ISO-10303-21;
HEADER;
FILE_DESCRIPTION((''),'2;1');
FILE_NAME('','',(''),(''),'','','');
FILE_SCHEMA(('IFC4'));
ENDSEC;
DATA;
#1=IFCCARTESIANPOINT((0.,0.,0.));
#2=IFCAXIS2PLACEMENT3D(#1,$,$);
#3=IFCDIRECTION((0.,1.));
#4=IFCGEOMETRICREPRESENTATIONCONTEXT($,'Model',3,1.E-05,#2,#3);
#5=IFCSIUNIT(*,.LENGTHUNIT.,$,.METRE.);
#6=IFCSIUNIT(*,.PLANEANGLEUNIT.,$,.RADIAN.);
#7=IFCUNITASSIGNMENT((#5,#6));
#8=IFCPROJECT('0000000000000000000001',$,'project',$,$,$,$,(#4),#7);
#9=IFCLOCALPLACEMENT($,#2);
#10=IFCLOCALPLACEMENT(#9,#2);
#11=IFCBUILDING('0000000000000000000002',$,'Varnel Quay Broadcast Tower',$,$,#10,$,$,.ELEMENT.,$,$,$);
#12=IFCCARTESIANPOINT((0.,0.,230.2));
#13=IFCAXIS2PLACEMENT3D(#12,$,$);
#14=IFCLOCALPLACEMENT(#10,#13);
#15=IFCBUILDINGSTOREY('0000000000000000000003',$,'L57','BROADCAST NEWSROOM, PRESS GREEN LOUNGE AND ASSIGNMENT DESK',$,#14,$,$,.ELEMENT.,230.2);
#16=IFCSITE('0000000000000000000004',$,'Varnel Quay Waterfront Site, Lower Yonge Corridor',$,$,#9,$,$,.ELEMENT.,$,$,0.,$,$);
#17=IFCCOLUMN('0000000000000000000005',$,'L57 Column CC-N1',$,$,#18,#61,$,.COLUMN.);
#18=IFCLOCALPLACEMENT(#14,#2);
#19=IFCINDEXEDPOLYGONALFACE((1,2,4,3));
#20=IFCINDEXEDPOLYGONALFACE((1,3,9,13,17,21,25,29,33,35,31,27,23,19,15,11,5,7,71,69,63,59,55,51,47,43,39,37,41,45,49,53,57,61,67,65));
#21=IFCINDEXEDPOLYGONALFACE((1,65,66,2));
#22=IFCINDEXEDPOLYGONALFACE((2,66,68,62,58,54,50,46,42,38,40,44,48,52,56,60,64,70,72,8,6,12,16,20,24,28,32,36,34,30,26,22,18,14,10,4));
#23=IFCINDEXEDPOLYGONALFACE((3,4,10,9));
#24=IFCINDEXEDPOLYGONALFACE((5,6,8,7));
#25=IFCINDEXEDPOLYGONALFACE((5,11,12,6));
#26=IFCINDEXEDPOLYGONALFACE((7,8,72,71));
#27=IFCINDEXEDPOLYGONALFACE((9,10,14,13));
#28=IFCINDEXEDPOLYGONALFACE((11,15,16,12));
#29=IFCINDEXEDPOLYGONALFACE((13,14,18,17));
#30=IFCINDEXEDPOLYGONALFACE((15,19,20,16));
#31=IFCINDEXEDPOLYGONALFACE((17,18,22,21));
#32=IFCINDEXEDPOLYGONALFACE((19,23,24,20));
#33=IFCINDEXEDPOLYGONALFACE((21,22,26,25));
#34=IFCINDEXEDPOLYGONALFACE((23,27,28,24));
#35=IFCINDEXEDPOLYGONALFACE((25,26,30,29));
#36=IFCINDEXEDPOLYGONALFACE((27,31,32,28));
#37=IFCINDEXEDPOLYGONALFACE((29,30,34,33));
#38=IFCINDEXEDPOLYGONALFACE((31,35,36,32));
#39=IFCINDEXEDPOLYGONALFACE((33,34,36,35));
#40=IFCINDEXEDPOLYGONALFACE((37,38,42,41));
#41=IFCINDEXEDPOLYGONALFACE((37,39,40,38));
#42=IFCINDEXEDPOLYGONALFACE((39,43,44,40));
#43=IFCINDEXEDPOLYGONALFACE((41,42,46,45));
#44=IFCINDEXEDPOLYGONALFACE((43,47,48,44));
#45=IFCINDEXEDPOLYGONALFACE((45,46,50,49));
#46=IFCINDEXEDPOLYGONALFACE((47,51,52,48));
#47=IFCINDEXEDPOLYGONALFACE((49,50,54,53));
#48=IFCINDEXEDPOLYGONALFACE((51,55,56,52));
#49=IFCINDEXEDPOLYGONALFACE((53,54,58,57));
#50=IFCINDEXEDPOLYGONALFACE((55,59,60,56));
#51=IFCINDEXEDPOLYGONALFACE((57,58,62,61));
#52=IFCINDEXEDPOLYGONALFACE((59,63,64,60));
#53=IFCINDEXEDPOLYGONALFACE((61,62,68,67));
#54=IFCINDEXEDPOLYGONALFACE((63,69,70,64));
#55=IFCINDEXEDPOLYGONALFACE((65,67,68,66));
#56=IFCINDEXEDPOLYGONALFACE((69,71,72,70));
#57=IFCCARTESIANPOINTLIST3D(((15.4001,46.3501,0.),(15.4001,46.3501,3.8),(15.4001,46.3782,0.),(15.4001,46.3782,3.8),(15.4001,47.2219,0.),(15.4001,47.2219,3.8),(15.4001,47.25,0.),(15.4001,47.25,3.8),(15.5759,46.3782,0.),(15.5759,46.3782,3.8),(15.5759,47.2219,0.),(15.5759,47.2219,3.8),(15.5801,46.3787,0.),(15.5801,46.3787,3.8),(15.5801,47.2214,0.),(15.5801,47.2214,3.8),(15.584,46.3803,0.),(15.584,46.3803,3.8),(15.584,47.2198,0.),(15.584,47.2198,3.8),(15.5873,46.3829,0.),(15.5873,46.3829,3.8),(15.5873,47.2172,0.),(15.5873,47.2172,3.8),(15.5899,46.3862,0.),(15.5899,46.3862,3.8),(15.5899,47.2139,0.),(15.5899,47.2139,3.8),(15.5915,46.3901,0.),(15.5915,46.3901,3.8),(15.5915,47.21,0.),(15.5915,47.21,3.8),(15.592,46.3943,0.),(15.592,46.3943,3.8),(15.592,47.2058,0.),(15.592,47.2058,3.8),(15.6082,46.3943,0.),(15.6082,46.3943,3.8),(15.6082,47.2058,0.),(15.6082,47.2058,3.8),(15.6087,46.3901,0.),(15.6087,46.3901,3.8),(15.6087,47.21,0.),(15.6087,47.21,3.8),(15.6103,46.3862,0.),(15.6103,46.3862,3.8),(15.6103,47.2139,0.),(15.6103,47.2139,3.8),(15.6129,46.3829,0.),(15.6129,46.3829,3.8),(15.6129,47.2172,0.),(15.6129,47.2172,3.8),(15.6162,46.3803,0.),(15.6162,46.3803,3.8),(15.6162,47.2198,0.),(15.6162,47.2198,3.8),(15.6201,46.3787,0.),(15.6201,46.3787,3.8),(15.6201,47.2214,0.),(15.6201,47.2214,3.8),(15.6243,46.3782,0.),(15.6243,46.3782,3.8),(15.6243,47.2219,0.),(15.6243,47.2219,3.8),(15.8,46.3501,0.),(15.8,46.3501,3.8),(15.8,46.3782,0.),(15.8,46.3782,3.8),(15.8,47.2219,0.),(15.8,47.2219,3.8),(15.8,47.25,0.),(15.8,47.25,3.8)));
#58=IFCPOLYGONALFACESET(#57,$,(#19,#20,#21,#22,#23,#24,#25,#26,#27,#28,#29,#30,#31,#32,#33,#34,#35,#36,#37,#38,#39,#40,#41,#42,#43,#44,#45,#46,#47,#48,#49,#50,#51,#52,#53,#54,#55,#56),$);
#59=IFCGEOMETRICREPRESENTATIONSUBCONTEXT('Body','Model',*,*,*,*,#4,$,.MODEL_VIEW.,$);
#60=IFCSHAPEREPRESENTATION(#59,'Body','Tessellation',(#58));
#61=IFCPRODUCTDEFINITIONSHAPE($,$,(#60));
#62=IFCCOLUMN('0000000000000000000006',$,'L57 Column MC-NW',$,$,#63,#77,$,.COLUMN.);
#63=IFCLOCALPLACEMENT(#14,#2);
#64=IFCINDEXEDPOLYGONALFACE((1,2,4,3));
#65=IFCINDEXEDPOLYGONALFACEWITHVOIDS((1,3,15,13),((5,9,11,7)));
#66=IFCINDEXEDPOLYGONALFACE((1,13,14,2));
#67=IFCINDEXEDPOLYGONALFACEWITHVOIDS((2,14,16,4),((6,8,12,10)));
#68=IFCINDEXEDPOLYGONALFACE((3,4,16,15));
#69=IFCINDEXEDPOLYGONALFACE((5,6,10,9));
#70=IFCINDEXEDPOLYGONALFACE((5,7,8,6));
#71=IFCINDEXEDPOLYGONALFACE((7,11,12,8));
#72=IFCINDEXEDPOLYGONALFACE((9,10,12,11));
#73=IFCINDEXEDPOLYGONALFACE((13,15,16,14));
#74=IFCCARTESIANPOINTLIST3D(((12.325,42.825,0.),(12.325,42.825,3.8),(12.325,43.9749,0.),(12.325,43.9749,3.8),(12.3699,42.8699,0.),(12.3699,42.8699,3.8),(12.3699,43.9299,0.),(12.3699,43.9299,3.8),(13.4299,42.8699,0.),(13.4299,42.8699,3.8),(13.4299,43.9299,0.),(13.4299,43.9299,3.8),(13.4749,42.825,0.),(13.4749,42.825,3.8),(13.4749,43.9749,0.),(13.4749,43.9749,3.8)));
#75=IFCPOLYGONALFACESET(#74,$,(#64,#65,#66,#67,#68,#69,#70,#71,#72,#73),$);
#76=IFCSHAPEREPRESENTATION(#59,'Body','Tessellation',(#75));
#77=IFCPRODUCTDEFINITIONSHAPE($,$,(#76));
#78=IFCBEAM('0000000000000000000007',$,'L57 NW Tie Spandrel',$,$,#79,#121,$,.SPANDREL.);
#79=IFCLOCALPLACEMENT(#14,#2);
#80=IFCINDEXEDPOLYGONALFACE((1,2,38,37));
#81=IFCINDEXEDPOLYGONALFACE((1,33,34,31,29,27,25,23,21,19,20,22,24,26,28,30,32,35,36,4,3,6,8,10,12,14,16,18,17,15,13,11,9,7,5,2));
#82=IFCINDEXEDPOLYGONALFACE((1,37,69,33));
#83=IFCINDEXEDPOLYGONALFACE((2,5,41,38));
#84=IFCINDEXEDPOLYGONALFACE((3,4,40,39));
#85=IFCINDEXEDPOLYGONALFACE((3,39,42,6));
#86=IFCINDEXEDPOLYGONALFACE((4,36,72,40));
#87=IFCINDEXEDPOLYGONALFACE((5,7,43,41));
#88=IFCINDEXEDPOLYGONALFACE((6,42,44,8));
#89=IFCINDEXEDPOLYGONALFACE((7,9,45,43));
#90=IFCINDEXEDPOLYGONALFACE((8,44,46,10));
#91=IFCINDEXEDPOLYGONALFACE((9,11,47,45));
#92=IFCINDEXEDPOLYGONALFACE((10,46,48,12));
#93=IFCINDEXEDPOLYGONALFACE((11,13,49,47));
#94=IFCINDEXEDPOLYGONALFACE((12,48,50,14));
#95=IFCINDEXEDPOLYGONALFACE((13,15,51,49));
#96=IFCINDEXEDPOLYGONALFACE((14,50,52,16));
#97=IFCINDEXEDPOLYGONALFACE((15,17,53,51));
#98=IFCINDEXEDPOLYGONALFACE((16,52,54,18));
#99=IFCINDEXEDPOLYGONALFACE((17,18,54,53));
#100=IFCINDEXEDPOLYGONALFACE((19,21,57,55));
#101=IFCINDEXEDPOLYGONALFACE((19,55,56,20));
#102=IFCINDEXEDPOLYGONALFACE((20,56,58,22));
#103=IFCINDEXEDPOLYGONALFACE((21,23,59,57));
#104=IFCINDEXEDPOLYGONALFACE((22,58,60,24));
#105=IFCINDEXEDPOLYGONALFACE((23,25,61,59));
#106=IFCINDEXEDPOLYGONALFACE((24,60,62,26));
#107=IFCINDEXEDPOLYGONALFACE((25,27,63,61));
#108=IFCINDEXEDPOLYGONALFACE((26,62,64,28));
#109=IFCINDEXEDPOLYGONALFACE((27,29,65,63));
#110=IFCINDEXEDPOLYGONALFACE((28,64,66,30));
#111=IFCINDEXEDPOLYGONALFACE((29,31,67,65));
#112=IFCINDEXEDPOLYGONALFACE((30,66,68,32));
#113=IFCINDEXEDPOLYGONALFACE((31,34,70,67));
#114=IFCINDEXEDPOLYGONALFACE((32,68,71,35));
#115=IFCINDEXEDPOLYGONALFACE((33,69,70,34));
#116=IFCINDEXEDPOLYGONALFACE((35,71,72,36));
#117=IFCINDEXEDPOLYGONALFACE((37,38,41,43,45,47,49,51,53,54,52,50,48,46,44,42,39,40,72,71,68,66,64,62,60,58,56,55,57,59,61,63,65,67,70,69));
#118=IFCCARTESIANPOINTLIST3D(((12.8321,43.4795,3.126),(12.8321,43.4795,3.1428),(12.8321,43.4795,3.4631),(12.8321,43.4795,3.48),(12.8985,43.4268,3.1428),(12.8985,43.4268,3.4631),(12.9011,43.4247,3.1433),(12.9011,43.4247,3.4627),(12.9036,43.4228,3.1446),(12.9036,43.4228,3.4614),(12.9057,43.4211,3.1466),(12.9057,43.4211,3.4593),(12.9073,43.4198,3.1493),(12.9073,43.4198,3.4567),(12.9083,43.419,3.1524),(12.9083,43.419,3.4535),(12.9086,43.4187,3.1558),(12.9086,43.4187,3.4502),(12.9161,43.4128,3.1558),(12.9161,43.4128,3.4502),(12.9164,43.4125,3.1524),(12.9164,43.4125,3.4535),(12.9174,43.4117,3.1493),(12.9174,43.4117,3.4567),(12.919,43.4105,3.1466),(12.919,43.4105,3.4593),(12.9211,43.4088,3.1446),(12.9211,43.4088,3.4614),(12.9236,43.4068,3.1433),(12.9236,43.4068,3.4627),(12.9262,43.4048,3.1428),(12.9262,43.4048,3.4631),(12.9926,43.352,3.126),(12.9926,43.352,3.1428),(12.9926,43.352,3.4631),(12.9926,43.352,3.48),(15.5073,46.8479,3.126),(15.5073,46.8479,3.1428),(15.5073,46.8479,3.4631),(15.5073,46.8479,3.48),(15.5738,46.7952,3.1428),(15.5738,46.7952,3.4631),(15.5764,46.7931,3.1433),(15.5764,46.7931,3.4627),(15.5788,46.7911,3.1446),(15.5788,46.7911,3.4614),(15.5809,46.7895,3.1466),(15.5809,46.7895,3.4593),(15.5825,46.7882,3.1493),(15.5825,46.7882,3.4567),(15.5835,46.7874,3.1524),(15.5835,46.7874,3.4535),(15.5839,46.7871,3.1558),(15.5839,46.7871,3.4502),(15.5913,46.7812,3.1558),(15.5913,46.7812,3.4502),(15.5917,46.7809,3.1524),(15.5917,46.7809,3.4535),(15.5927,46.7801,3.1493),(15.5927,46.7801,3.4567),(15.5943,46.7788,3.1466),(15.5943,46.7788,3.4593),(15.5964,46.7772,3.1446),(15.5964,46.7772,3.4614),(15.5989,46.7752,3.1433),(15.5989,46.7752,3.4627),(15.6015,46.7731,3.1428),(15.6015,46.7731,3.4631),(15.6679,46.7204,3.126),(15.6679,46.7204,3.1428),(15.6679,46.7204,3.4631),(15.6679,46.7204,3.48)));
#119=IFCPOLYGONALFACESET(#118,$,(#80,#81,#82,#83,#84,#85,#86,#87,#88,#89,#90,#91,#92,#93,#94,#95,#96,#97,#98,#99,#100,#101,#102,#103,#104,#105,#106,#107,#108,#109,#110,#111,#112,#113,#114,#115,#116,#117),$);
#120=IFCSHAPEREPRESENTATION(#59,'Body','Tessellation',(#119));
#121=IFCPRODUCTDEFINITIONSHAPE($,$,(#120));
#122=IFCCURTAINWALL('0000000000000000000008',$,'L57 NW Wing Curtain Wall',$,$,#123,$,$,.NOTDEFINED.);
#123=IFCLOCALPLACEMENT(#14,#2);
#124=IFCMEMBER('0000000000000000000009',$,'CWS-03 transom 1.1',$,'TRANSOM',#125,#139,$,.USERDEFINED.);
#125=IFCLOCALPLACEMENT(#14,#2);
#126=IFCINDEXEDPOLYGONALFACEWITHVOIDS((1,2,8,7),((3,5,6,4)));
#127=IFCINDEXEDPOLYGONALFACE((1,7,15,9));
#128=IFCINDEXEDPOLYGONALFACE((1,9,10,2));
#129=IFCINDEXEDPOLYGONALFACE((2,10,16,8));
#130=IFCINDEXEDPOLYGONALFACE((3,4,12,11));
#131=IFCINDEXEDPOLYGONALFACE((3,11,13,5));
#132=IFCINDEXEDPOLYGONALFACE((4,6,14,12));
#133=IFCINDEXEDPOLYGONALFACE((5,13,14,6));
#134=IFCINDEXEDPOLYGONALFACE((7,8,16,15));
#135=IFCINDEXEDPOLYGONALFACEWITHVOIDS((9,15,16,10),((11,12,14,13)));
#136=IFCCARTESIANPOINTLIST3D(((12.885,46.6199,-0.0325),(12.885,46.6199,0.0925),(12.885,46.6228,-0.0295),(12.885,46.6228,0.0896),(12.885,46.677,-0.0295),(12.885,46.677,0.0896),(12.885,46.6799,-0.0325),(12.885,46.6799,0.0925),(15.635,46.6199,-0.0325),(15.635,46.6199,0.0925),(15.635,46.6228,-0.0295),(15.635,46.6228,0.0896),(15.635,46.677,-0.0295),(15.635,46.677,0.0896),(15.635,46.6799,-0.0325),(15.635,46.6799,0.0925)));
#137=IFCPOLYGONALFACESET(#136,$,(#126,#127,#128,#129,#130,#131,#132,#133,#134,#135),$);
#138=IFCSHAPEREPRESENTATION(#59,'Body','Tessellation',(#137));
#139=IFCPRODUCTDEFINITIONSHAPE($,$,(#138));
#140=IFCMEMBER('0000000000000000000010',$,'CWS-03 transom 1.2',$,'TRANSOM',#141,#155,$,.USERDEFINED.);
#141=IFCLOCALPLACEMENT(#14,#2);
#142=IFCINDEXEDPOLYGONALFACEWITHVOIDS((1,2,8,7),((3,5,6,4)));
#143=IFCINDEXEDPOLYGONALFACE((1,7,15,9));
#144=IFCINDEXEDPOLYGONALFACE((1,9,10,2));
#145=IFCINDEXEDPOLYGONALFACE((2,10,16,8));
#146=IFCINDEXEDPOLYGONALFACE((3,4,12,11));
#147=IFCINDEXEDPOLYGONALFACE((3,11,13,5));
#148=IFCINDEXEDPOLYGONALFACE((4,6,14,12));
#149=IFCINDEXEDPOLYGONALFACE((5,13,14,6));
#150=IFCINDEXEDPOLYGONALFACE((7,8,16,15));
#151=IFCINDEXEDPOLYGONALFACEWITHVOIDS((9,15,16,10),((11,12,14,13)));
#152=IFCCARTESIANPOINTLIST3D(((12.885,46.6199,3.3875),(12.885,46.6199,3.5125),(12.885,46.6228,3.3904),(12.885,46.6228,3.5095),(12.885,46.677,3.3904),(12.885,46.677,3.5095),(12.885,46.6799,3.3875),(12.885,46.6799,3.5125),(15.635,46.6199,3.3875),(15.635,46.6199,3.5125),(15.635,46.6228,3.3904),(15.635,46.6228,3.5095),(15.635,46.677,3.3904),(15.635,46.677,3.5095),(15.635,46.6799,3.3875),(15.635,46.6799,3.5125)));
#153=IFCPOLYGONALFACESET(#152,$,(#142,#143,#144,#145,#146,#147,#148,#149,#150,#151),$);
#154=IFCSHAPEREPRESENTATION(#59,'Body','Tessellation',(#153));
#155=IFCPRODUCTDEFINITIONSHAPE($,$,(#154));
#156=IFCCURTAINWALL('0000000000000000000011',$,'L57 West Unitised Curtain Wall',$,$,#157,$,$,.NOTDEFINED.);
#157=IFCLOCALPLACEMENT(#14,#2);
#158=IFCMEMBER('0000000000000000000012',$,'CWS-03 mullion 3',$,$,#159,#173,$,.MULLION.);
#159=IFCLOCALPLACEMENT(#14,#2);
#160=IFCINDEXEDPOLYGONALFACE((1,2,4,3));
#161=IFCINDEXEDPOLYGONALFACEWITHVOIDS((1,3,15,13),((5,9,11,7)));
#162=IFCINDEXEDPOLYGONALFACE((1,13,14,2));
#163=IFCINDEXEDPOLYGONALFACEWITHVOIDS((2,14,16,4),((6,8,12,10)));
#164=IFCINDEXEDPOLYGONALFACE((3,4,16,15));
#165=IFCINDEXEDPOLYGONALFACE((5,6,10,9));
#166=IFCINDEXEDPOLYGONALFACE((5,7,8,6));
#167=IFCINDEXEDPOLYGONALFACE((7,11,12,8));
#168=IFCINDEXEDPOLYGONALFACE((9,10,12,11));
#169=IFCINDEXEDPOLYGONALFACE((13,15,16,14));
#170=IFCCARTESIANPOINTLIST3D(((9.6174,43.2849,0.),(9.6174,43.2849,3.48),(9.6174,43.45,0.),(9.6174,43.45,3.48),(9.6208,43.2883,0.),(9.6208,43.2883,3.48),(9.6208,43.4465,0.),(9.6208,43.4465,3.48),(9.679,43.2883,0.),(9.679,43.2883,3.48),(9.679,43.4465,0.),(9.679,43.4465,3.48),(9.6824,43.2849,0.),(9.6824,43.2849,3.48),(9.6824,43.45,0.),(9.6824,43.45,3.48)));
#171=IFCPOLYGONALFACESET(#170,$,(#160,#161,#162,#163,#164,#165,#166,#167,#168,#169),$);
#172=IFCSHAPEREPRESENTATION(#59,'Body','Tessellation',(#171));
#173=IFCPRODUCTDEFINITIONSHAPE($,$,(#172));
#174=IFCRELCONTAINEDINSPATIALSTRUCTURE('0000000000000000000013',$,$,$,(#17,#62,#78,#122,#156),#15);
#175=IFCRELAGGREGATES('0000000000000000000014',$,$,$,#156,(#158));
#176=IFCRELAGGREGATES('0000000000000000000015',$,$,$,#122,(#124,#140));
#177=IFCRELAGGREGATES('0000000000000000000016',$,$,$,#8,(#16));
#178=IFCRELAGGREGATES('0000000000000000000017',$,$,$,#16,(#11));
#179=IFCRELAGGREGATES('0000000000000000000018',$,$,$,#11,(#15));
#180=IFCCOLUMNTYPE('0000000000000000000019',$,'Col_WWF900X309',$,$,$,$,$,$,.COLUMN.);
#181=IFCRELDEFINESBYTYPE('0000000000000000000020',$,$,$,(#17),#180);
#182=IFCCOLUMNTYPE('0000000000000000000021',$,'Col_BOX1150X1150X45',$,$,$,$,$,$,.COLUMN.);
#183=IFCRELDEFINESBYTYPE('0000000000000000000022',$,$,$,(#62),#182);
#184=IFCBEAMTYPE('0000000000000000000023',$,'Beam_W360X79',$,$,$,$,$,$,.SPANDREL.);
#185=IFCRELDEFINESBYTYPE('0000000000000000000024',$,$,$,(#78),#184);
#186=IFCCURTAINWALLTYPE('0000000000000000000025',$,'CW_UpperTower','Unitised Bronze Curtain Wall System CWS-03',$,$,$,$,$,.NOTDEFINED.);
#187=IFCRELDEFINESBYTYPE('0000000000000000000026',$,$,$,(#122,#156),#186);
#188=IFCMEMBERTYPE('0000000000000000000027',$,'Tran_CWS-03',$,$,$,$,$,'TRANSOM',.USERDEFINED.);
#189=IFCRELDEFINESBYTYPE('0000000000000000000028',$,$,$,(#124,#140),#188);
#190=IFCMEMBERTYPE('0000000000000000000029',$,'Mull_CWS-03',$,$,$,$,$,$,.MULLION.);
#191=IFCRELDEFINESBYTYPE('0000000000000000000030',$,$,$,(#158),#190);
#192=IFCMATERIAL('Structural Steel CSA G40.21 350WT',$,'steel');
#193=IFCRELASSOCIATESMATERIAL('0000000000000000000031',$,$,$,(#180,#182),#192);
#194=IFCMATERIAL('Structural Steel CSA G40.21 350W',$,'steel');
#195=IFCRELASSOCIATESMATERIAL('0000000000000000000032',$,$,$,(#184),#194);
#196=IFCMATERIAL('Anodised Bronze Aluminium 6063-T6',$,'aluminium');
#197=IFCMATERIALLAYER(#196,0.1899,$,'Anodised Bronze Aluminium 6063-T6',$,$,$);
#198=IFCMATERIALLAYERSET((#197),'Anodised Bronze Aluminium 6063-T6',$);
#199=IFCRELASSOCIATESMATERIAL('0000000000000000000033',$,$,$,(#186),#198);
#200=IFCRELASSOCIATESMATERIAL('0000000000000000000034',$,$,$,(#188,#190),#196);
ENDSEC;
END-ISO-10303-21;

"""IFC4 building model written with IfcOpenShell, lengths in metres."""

from ifc_helpers import new_model, si_unit, direction, frame, origin, origin_2d, place, context, subcontext, project, spatial, hollow_rectangle, i_section, extrude, source, transform, mapped, material, layer, layer_set, material_profile, profile_set, type_object, type_shapes, element, aggregate, save


model = new_model("IFC4")

# Units and contexts
model_context = context("Model", 3, precision=1e-05, world=origin(), true_north=direction((0.0, 1.0)))
body_context = subcontext(model_context, "Body", "Model", "MODEL_VIEW")
ifc_project = project(units=[si_unit("LENGTHUNIT", "METRE"), si_unit("PLANEANGLEUNIT", "RADIAN")], contexts=[model_context])

# Site, building, storey
site_placement = place(None, origin())
site = spatial("IfcSite", under=ifc_project, at=site_placement, Name="Varnel Quay Waterfront Site, Lower Yonge Corridor", CompositionType="ELEMENT", RefElevation=0.0)
building_placement = place(site_placement, origin())
building = spatial("IfcBuilding", under=site, at=building_placement, Name="Varnel Quay Broadcast Tower", CompositionType="ELEMENT")
storey_placement = place(building_placement, frame((0.0, 0.0, 230.2)))
storey = spatial("IfcBuildingStorey", under=building, at=storey_placement, Name="L57", Description="BROADCAST NEWSROOM, PRESS GREEN LOUNGE AND ASSIGNMENT DESK", CompositionType="ELEMENT", Elevation=230.2)

# Columns
ifc_material_1 = material(Name="Structural Steel CSA G40.21 350WT", Category="steel")
ifc_material_profile_1 = material_profile(ifc_material_1, i_section(OverallWidth=0.3999, OverallDepth=0.8999, WebThickness=0.0161, FlangeThickness=0.0281, FilletRadius=0.0161, at=origin_2d()), Name="WWF900X309")
ifc_profile_set_1 = profile_set([ifc_material_profile_1], Name="Structural Steel CSA G40.21 350WT")
column_type_1 = type_object("IfcColumnType", Name="Col_WWF900X309", PredefinedType="COLUMN", material=ifc_profile_set_1)
shared_shape_1 = source(origin(), body_context, "Body", "SweptSolid", [
    extrude(i_section(OverallWidth=0.3999, OverallDepth=0.8999, WebThickness=0.0161, FlangeThickness=0.0281, FilletRadius=0.0161, at=origin_2d()), origin(), (0.0, 0.0, 1.0), 3.8),
])
type_shapes(column_type_1, [shared_shape_1])
column_1_placement = place(storey_placement, frame((15.6001, 46.8, 0.0), z_axis=(0.0, 0.0, 1.0), x_axis=(1.0, 0.0, 0.0)))
element("IfcColumn", 1, at=column_1_placement, inside=storey, type_object=column_type_1, Name="L57 Column CC-N1", PredefinedType="COLUMN", context=body_context, shape_type="MappedRepresentation", body=[
    mapped(shared_shape_1, transform((0.0, 0.0, 0.0), x_axis=(1.0, 0.0, 0.0), y_axis=(0.0, 1.0, 0.0), z_axis=(0.0, 0.0, 1.0), scale=1.0)),
])
ifc_material_profile_2 = material_profile(ifc_material_1, hollow_rectangle(XDim=1.1499, YDim=1.1499, WallThickness=0.0449, at=origin_2d()), Name="BOX1150X1150X45")
ifc_profile_set_2 = profile_set([ifc_material_profile_2], Name="Structural Steel CSA G40.21 350WT")
column_type_2 = type_object("IfcColumnType", Name="Col_BOX1150X1150X45", PredefinedType="COLUMN", material=ifc_profile_set_2)
shared_shape_2 = source(origin(), body_context, "Body", "SweptSolid", [
    extrude(hollow_rectangle(XDim=1.1499, YDim=1.1499, WallThickness=0.0449, at=origin_2d()), origin(), (0.0, 0.0, 1.0), 3.8),
])
type_shapes(column_type_2, [shared_shape_2])
column_2_placement = place(storey_placement, frame((12.8999, 43.3999, 0.0), z_axis=(0.0, 0.0, 1.0), x_axis=(1.0, 0.0, 0.0)))
element("IfcColumn", 2, at=column_2_placement, inside=storey, type_object=column_type_2, Name="L57 Column MC-NW", PredefinedType="COLUMN", context=body_context, shape_type="MappedRepresentation", body=[
    mapped(shared_shape_2, transform((0.0, 0.0, 0.0), x_axis=(1.0, 0.0, 0.0), y_axis=(0.0, 1.0, 0.0), z_axis=(0.0, 0.0, 1.0), scale=1.0)),
])

# Beam
ifc_material_2 = material(Name="Structural Steel CSA G40.21 350W", Category="steel")
ifc_material_profile_3 = material_profile(ifc_material_2, i_section(OverallWidth=0.2051, OverallDepth=0.354, WebThickness=0.0095, FlangeThickness=0.0168, FilletRadius=0.0129, at=origin_2d()), Name="W360X79")
ifc_profile_set_3 = profile_set([ifc_material_profile_3], Name="Structural Steel CSA G40.21 350W")
beam_type = type_object("IfcBeamType", Name="Beam_W360X79", PredefinedType="SPANDREL", material=ifc_profile_set_3)
shared_shape_3 = source(origin(), body_context, "Body", "SweptSolid", [
    extrude(i_section(OverallWidth=0.2051, OverallDepth=0.354, WebThickness=0.0095, FlangeThickness=0.0168, FilletRadius=0.0129, at=origin_2d()), origin(), (0.0, 0.0, 1.0), 4.3015),
])
type_shapes(beam_type, [shared_shape_3])
beam_placement = place(storey_placement, frame((12.9124, 43.4158, 3.303), z_axis=(0.621936, 0.783068, 0.0), x_axis=(-0.783068, 0.621936, 0.0)))
element("IfcBeam", 3, at=beam_placement, inside=storey, type_object=beam_type, Name="L57 NW Tie Spandrel", PredefinedType="SPANDREL", context=body_context, shape_type="MappedRepresentation", body=[
    mapped(shared_shape_3, transform((0.0, 0.0, 0.0), x_axis=(1.0, 0.0, 0.0), y_axis=(0.0, 1.0, 0.0), z_axis=(0.0, 0.0, 1.0), scale=1.0)),
])

# Curtain wall, members
ifc_material_3 = material(Name="Anodised Bronze Aluminium 6063-T6", Category="aluminium")
ifc_layer_1 = layer(ifc_material_3, 0.1899, Name="Anodised Bronze Aluminium 6063-T6")
ifc_layer_set_1 = layer_set([ifc_layer_1], Name="Anodised Bronze Aluminium 6063-T6")
curtain_wall_type = type_object("IfcCurtainWallType", Name="CW_UpperTower", Description="Unitised Bronze Curtain Wall System CWS-03", PredefinedType="NOTDEFINED", material=ifc_layer_set_1)
curtain_wall_1_placement = place(storey_placement, origin())
curtain_wall_1 = element("IfcCurtainWall", 4, at=curtain_wall_1_placement, inside=storey, type_object=curtain_wall_type, Name="L57 NW Wing Curtain Wall", PredefinedType="NOTDEFINED")
ifc_material_profile_4 = material_profile(ifc_material_3, hollow_rectangle(XDim=0.0601, YDim=0.125, WallThickness=0.0029, at=origin_2d()), Name="ALU60X125X3")
ifc_profile_set_4 = profile_set([ifc_material_profile_4], Name="Anodised Bronze Aluminium 6063-T6")
member_type_1 = type_object("IfcMemberType", Name="Tran_CWS-03", ElementType="TRANSOM", PredefinedType="USERDEFINED", material=ifc_profile_set_4)
shared_shape_4 = source(origin(), body_context, "Body", "SweptSolid", [
    extrude(hollow_rectangle(XDim=0.0601, YDim=0.125, WallThickness=0.0029, at=origin_2d()), origin(), (0.0, 0.0, 1.0), 2.75),
])
type_shapes(member_type_1, [shared_shape_4])
member_1_placement = place(storey_placement, frame((12.885, 46.6499, 0.03), z_axis=(1.0, 0.0, 0.0), x_axis=(0.0, 1.0, 0.0)))
member_1 = element("IfcMember", 5, at=member_1_placement, type_object=member_type_1, Name="CWS-03 transom 1.1", ObjectType="TRANSOM", PredefinedType="USERDEFINED", context=body_context, shape_type="MappedRepresentation", body=[
    mapped(shared_shape_4, transform((0.0, 0.0, 0.0), x_axis=(1.0, 0.0, 0.0), y_axis=(0.0, 1.0, 0.0), z_axis=(0.0, 0.0, 1.0), scale=1.0)),
])
member_2_placement = place(storey_placement, frame((12.885, 46.6499, 3.45), z_axis=(1.0, 0.0, 0.0), x_axis=(0.0, 1.0, 0.0)))
member_2 = element("IfcMember", 6, at=member_2_placement, type_object=member_type_1, Name="CWS-03 transom 1.2", ObjectType="TRANSOM", PredefinedType="USERDEFINED", context=body_context, shape_type="MappedRepresentation", body=[
    mapped(shared_shape_4, transform((0.0, 0.0, 0.0), x_axis=(1.0, 0.0, 0.0), y_axis=(0.0, 1.0, 0.0), z_axis=(0.0, 0.0, 1.0), scale=1.0)),
])

# Curtain wall, member
curtain_wall_2_placement = place(storey_placement, origin())
curtain_wall_2 = element("IfcCurtainWall", 7, at=curtain_wall_2_placement, inside=storey, type_object=curtain_wall_type, Name="L57 West Unitised Curtain Wall", PredefinedType="NOTDEFINED")
ifc_material_profile_5 = material_profile(ifc_material_3, hollow_rectangle(XDim=0.0649, YDim=0.165, WallThickness=0.0034, at=origin_2d()), Name="ALU65X165X3.5")
ifc_profile_set_5 = profile_set([ifc_material_profile_5], Name="Anodised Bronze Aluminium 6063-T6")
member_type_2 = type_object("IfcMemberType", Name="Mull_CWS-03", PredefinedType="MULLION", material=ifc_profile_set_5)
shared_shape_5 = source(origin(), body_context, "Body", "SweptSolid", [
    extrude(hollow_rectangle(XDim=0.0649, YDim=0.165, WallThickness=0.0034, at=origin_2d()), origin(), (0.0, 0.0, 1.0), 3.48),
])
type_shapes(member_type_2, [shared_shape_5])
member_3_placement = place(storey_placement, frame((9.6499, 43.3674, 0.0), z_axis=(0.0, 0.0, 1.0), x_axis=(-1.0, 0.0, 0.0)))
member_3 = element("IfcMember", 8, at=member_3_placement, type_object=member_type_2, Name="CWS-03 mullion 3", PredefinedType="MULLION", context=body_context, shape_type="MappedRepresentation", body=[
    mapped(shared_shape_5, transform((0.0, 0.0, 0.0), x_axis=(1.0, 0.0, 0.0), y_axis=(0.0, 1.0, 0.0), z_axis=(0.0, 0.0, 1.0), scale=1.0)),
])

aggregate(curtain_wall_2, [member_3])
aggregate(curtain_wall_1, [member_1, member_2])

save(model, "model.ifc")
